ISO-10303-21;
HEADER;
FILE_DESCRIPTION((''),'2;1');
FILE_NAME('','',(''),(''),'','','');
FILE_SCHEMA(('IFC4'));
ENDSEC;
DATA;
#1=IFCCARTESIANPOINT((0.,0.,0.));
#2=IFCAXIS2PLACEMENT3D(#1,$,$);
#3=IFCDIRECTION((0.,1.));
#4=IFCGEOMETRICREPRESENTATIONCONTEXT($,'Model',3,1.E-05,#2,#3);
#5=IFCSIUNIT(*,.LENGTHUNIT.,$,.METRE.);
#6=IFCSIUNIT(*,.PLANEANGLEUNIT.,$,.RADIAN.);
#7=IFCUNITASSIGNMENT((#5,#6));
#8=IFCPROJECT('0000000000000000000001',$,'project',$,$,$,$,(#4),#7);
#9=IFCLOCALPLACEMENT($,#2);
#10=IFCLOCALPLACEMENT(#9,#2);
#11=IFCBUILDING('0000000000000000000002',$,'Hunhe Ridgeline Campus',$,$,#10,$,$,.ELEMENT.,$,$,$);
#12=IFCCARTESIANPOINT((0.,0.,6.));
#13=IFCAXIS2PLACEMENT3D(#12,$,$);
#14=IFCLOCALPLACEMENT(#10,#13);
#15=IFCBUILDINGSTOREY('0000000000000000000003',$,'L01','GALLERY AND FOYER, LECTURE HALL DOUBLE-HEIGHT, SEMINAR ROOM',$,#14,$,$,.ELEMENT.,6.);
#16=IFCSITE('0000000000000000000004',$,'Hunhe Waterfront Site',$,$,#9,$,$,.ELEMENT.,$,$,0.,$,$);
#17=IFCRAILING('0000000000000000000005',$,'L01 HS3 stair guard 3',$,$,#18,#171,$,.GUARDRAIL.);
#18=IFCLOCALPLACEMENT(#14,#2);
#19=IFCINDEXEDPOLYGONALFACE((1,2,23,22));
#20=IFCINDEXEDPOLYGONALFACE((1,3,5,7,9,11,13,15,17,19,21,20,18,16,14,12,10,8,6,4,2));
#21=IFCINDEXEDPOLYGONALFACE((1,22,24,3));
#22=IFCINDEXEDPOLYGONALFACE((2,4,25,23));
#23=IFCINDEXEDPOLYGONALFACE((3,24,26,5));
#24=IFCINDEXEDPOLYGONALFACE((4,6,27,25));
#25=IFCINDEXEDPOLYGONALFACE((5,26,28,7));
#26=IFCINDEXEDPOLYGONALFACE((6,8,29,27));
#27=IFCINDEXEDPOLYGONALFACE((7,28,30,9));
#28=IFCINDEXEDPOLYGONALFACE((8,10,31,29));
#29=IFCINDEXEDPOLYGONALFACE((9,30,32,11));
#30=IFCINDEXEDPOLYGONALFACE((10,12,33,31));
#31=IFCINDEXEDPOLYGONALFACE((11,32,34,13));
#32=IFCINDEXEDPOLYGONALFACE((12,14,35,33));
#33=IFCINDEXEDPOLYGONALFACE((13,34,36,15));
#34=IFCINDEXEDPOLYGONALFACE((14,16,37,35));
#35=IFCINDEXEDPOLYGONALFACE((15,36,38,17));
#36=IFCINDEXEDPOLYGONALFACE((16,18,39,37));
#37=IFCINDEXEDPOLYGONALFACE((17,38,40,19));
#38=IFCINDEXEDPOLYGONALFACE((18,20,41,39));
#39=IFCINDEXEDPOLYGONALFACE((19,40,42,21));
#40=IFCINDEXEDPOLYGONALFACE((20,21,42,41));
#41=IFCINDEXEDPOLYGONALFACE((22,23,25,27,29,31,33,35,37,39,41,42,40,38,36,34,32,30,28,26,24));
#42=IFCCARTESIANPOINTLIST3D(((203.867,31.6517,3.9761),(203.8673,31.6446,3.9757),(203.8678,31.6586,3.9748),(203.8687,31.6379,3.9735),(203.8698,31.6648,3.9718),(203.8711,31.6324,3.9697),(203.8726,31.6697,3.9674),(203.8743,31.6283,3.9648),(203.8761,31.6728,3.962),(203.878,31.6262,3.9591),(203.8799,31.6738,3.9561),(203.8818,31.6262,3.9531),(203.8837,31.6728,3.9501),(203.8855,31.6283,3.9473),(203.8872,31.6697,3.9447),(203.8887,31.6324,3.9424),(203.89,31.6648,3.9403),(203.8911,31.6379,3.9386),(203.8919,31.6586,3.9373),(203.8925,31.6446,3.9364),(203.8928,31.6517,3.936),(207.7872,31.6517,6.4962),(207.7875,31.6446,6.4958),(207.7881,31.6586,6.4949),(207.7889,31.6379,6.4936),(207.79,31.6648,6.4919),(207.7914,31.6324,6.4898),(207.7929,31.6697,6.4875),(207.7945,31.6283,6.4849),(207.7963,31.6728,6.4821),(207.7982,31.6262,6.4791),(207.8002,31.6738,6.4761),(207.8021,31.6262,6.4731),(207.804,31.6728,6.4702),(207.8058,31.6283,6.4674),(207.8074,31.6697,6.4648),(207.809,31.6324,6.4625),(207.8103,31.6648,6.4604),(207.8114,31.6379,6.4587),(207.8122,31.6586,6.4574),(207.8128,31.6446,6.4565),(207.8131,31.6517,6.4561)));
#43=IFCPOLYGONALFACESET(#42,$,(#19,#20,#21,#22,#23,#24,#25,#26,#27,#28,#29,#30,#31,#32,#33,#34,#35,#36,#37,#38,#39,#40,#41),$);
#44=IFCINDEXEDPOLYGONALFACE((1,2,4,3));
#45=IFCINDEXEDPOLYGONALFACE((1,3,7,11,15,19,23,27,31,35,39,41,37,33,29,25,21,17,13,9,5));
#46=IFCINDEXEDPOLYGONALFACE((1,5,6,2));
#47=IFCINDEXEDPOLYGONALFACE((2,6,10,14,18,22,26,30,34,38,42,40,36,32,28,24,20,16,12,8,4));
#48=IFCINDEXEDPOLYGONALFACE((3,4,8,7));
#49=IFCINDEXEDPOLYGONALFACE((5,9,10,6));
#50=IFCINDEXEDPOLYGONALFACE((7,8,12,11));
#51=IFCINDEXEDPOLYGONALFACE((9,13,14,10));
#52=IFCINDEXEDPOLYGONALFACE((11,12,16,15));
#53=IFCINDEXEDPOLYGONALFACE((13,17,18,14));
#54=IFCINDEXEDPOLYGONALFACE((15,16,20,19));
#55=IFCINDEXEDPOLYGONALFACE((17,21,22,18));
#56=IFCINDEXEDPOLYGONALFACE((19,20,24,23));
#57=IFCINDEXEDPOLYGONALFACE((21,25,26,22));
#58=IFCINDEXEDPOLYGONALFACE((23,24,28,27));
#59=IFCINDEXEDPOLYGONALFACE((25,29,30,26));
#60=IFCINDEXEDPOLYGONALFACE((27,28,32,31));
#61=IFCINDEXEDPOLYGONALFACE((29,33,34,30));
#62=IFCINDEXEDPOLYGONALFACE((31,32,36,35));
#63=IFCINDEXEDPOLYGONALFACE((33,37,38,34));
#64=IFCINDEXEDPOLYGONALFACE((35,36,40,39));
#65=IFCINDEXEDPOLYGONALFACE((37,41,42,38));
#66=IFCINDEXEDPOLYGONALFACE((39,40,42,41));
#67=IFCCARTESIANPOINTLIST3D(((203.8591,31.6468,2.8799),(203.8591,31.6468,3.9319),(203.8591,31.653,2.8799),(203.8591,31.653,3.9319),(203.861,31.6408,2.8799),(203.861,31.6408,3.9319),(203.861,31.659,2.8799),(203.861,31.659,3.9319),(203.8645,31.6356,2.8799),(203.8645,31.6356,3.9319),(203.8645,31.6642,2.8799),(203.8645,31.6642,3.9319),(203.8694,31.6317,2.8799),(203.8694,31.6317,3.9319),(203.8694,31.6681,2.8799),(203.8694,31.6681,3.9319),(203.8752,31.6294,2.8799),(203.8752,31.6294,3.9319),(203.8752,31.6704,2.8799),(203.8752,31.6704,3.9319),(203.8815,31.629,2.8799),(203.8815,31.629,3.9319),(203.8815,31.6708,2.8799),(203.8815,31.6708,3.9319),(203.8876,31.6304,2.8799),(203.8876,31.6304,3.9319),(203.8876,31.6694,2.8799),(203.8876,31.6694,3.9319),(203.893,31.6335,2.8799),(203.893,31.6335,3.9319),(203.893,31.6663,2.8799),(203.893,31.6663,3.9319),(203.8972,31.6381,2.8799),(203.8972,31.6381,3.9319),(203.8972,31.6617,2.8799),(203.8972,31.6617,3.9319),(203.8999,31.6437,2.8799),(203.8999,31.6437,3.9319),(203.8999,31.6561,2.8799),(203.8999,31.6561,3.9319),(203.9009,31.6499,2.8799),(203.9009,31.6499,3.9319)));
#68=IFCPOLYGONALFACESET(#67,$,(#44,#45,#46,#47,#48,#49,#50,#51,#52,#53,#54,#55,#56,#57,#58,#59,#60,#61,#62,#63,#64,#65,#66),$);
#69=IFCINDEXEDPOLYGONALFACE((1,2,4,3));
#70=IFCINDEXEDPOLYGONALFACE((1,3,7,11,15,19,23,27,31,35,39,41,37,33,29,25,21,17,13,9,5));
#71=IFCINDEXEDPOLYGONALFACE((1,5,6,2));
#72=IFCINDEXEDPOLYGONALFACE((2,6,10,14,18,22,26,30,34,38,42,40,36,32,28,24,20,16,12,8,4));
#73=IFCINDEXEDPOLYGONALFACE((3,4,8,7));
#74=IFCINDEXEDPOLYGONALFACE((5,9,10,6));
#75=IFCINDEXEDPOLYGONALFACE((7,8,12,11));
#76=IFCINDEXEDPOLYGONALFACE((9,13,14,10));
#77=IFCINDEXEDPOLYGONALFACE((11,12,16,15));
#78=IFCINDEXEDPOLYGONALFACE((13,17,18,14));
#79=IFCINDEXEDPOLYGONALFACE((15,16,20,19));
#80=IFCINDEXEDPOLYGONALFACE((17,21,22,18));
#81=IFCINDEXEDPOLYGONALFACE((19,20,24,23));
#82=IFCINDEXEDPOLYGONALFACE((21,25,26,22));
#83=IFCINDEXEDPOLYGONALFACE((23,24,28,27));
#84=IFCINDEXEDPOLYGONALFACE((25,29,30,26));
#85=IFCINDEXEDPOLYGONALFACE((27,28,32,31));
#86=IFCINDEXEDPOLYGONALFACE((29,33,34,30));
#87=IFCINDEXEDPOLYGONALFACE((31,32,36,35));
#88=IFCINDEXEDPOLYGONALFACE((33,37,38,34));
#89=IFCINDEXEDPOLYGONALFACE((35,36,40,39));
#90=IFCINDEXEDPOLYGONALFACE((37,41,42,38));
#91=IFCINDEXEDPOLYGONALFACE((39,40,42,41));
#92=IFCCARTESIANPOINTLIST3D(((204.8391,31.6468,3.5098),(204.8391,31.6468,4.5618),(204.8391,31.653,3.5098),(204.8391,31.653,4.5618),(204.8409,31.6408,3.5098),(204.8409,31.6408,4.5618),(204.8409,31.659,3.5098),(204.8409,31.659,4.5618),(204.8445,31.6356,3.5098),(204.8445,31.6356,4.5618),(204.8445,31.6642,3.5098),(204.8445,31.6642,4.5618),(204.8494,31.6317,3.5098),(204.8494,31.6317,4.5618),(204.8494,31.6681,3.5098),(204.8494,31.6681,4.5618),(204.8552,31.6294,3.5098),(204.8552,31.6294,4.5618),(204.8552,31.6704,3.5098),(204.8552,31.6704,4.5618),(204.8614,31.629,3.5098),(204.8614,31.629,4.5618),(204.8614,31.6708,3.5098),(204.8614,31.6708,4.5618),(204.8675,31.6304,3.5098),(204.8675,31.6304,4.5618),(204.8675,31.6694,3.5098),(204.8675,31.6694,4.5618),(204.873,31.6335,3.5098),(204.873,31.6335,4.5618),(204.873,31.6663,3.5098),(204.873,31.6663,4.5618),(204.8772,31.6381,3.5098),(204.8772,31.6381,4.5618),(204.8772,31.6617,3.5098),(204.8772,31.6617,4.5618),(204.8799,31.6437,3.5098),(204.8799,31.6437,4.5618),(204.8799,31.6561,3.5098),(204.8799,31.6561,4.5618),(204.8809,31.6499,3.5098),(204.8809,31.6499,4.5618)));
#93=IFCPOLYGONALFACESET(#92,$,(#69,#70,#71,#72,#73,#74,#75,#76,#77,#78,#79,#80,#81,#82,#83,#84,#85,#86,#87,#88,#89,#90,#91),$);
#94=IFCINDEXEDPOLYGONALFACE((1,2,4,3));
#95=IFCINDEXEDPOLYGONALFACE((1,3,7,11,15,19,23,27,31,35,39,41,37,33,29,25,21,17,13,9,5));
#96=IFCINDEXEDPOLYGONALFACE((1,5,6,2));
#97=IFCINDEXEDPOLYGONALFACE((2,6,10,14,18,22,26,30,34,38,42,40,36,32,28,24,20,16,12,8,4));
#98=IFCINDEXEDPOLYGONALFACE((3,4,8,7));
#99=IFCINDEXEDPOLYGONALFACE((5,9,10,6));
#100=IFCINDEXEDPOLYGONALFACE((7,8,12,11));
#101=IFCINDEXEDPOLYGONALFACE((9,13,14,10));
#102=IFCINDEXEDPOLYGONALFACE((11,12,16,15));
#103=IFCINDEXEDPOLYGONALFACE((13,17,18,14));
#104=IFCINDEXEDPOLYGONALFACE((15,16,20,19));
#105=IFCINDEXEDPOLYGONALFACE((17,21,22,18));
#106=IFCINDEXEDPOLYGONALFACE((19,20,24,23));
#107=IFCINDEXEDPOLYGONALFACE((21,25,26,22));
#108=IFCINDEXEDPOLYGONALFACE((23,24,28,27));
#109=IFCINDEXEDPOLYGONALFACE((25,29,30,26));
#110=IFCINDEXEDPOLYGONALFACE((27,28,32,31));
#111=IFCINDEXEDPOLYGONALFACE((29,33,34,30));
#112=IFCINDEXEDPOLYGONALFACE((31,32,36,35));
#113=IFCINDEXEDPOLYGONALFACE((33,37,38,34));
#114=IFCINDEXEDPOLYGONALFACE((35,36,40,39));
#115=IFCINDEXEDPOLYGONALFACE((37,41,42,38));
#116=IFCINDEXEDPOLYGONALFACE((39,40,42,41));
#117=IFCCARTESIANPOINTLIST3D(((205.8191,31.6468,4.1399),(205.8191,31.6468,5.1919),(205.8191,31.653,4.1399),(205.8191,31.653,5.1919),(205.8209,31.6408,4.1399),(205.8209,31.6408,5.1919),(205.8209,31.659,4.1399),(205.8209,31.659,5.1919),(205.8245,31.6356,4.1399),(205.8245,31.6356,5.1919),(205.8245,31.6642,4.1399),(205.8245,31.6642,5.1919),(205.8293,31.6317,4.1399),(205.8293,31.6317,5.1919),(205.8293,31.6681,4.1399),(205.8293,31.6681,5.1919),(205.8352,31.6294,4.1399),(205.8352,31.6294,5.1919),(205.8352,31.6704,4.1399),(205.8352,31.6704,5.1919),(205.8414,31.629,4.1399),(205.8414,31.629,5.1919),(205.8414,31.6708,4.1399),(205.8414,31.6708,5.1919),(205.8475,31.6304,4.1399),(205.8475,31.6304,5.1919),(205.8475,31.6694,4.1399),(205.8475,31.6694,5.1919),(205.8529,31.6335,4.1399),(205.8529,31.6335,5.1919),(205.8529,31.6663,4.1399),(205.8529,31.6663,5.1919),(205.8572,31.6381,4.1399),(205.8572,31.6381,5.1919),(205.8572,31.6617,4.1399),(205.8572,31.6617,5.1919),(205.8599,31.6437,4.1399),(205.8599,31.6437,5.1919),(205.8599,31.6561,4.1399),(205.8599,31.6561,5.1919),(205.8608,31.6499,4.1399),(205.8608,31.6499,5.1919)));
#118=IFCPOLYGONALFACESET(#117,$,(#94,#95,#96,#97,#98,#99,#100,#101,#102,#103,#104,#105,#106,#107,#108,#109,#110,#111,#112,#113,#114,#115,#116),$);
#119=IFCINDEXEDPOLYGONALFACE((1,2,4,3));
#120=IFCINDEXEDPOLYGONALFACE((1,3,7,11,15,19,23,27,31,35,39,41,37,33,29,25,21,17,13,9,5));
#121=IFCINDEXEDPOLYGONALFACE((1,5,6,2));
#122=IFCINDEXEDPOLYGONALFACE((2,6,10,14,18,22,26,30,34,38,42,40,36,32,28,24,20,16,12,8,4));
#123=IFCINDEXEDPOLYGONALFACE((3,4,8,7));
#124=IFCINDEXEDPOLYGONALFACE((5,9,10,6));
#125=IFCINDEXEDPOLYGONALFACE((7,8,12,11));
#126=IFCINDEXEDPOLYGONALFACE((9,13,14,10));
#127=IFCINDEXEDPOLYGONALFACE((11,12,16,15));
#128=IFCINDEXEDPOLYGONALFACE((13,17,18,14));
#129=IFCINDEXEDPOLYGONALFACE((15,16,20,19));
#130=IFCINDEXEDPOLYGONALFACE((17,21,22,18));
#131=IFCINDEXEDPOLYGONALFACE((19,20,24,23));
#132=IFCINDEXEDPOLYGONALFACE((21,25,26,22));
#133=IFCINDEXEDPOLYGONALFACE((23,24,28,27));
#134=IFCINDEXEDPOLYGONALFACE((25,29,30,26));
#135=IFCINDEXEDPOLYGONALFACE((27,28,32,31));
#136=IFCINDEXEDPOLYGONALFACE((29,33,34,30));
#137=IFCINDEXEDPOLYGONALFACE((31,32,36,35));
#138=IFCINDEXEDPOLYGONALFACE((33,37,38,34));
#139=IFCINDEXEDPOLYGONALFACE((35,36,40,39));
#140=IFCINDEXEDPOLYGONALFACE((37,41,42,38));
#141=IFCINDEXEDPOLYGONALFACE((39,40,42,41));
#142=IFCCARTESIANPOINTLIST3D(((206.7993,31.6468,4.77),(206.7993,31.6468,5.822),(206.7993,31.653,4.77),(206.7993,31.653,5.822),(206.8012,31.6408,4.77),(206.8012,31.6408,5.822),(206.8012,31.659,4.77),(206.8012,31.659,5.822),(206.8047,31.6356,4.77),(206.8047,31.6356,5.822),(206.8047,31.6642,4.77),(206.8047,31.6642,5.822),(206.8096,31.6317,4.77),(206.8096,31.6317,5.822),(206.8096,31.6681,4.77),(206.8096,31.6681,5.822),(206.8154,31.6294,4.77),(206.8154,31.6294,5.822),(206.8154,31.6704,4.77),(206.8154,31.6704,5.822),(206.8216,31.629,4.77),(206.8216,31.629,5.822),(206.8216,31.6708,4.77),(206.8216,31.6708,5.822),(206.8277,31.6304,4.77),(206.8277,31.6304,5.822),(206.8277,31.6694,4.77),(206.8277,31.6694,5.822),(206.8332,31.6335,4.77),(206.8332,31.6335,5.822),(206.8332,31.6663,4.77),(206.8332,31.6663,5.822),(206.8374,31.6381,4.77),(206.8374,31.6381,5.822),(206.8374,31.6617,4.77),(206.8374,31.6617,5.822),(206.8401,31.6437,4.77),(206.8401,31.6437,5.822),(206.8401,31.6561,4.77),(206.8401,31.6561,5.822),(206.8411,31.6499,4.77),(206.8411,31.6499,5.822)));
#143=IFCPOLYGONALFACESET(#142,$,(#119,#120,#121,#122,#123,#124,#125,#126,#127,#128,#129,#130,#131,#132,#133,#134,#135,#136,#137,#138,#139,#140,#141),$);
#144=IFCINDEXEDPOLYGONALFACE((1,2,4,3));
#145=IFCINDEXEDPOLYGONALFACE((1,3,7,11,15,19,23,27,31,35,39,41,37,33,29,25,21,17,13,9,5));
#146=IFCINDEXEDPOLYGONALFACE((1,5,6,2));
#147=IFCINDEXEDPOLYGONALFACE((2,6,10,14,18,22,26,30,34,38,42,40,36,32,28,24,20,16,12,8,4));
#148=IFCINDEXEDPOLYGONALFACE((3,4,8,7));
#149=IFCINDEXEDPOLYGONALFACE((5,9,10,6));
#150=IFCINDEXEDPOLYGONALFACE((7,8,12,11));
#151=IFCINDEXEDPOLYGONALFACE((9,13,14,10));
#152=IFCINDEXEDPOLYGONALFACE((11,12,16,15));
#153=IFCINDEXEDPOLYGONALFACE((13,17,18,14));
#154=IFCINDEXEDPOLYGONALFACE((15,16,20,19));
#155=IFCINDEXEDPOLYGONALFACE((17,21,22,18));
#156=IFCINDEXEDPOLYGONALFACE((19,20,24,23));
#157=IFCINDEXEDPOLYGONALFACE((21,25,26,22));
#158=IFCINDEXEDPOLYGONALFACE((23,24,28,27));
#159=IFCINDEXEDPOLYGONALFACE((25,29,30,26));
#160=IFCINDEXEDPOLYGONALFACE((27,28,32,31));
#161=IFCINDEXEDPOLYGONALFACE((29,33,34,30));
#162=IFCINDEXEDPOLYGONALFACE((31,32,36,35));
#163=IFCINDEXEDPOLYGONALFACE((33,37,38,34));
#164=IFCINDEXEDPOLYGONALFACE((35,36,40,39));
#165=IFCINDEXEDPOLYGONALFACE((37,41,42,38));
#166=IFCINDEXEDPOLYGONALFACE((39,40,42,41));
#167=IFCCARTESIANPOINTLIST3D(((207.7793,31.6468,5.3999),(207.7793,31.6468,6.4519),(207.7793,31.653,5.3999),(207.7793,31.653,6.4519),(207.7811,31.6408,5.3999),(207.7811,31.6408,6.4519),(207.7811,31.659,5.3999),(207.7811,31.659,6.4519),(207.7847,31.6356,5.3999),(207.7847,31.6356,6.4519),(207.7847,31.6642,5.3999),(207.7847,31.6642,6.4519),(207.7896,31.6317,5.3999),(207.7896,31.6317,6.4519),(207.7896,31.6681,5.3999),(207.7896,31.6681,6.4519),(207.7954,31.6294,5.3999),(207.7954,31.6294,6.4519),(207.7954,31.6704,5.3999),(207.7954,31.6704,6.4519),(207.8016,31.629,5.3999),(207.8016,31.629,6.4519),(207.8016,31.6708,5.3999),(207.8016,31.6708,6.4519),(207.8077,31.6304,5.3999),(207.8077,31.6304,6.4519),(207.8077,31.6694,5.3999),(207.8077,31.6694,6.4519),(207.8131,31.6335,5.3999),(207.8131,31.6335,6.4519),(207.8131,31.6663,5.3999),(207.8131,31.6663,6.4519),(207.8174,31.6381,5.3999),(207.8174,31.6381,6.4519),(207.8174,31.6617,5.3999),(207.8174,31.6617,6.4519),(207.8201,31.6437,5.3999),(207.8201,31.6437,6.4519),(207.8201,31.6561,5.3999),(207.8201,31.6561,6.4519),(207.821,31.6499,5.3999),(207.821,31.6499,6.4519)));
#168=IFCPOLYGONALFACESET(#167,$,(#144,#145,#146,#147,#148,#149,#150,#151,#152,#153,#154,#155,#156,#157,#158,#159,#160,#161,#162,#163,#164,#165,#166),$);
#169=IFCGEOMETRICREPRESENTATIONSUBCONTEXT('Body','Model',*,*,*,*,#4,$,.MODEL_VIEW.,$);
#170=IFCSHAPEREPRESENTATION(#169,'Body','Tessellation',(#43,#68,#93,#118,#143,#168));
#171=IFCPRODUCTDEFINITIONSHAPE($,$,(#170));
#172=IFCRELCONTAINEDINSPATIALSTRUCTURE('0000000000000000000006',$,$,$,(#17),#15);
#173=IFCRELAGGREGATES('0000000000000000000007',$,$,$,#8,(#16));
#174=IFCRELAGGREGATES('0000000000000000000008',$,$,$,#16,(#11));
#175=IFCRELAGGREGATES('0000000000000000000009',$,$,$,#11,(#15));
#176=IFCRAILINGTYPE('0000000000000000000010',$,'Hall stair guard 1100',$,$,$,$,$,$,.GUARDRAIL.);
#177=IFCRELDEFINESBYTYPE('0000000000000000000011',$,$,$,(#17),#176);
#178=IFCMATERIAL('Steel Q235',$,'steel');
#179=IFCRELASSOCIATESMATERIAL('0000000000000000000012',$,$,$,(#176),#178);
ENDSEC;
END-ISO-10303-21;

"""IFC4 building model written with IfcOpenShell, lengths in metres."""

from ifc_helpers import new_model, si_unit, direction, frame, origin, origin_2d, place, context, subcontext, project, spatial, circle, extrude, material, type_object, element, save


model = new_model("IFC4")

# Units and contexts
model_context = context("Model", 3, precision=1e-05, world=origin(), true_north=direction((0.0, 1.0)))
body_context = subcontext(model_context, "Body", "Model", "MODEL_VIEW")
ifc_project = project(units=[si_unit("LENGTHUNIT", "METRE"), si_unit("PLANEANGLEUNIT", "RADIAN")], contexts=[model_context])

# Site, building, storey
site_placement = place(None, origin())
site = spatial("IfcSite", under=ifc_project, at=site_placement, Name="Hunhe Waterfront Site", CompositionType="ELEMENT", RefElevation=0.0)
building_placement = place(site_placement, origin())
building = spatial("IfcBuilding", under=site, at=building_placement, Name="Hunhe Ridgeline Campus", CompositionType="ELEMENT")
storey_placement = place(building_placement, frame((0.0, 0.0, 6.0)))
storey = spatial("IfcBuildingStorey", under=building, at=storey_placement, Name="L01", Description="GALLERY AND FOYER, LECTURE HALL DOUBLE-HEIGHT, SEMINAR ROOM", CompositionType="ELEMENT", Elevation=6.0)

# Shared definitions
ifc_material_1 = material(Name="Steel Q235", Category="steel")

# Railing
railing_type_1 = type_object("IfcRailingType", Name="Hall stair guard 1100", PredefinedType="GUARDRAIL", material=ifc_material_1)
railing_1_placement = place(storey_placement, frame((203.8799, 31.6499, 2.8799)))
element("IfcRailing", 1, at=railing_1_placement, inside=storey, type_object=railing_type_1, Name="L01 HS3 stair guard 3", PredefinedType="GUARDRAIL", context=body_context, shape_type="SweptSolid", body=[
    extrude(circle(Radius=0.0239, at=origin_2d()), frame((0.0, 0.0, 1.0762), z_axis=(0.841187, 0.0, 0.540744), x_axis=(0.0, 1.0, 0.0)), (0.0, 0.0, 1.0), 4.6604),
    extrude(circle(Radius=0.021, at=origin_2d()), origin(), (0.0, 0.0, 1.0), 1.052),
    extrude(circle(Radius=0.021, at=origin_2d()), frame((0.98, 0.0, 0.6299)), (0.0, 0.0, 1.0), 1.052),
    extrude(circle(Radius=0.021, at=origin_2d()), frame((1.96, 0.0, 1.26)), (0.0, 0.0, 1.0), 1.052),
    extrude(circle(Radius=0.021, at=origin_2d()), frame((2.9402, 0.0, 1.8901)), (0.0, 0.0, 1.0), 1.052),
    extrude(circle(Radius=0.021, at=origin_2d()), frame((3.9202, 0.0, 2.52)), (0.0, 0.0, 1.0), 1.052),
])

save(model, "model.ifc")
